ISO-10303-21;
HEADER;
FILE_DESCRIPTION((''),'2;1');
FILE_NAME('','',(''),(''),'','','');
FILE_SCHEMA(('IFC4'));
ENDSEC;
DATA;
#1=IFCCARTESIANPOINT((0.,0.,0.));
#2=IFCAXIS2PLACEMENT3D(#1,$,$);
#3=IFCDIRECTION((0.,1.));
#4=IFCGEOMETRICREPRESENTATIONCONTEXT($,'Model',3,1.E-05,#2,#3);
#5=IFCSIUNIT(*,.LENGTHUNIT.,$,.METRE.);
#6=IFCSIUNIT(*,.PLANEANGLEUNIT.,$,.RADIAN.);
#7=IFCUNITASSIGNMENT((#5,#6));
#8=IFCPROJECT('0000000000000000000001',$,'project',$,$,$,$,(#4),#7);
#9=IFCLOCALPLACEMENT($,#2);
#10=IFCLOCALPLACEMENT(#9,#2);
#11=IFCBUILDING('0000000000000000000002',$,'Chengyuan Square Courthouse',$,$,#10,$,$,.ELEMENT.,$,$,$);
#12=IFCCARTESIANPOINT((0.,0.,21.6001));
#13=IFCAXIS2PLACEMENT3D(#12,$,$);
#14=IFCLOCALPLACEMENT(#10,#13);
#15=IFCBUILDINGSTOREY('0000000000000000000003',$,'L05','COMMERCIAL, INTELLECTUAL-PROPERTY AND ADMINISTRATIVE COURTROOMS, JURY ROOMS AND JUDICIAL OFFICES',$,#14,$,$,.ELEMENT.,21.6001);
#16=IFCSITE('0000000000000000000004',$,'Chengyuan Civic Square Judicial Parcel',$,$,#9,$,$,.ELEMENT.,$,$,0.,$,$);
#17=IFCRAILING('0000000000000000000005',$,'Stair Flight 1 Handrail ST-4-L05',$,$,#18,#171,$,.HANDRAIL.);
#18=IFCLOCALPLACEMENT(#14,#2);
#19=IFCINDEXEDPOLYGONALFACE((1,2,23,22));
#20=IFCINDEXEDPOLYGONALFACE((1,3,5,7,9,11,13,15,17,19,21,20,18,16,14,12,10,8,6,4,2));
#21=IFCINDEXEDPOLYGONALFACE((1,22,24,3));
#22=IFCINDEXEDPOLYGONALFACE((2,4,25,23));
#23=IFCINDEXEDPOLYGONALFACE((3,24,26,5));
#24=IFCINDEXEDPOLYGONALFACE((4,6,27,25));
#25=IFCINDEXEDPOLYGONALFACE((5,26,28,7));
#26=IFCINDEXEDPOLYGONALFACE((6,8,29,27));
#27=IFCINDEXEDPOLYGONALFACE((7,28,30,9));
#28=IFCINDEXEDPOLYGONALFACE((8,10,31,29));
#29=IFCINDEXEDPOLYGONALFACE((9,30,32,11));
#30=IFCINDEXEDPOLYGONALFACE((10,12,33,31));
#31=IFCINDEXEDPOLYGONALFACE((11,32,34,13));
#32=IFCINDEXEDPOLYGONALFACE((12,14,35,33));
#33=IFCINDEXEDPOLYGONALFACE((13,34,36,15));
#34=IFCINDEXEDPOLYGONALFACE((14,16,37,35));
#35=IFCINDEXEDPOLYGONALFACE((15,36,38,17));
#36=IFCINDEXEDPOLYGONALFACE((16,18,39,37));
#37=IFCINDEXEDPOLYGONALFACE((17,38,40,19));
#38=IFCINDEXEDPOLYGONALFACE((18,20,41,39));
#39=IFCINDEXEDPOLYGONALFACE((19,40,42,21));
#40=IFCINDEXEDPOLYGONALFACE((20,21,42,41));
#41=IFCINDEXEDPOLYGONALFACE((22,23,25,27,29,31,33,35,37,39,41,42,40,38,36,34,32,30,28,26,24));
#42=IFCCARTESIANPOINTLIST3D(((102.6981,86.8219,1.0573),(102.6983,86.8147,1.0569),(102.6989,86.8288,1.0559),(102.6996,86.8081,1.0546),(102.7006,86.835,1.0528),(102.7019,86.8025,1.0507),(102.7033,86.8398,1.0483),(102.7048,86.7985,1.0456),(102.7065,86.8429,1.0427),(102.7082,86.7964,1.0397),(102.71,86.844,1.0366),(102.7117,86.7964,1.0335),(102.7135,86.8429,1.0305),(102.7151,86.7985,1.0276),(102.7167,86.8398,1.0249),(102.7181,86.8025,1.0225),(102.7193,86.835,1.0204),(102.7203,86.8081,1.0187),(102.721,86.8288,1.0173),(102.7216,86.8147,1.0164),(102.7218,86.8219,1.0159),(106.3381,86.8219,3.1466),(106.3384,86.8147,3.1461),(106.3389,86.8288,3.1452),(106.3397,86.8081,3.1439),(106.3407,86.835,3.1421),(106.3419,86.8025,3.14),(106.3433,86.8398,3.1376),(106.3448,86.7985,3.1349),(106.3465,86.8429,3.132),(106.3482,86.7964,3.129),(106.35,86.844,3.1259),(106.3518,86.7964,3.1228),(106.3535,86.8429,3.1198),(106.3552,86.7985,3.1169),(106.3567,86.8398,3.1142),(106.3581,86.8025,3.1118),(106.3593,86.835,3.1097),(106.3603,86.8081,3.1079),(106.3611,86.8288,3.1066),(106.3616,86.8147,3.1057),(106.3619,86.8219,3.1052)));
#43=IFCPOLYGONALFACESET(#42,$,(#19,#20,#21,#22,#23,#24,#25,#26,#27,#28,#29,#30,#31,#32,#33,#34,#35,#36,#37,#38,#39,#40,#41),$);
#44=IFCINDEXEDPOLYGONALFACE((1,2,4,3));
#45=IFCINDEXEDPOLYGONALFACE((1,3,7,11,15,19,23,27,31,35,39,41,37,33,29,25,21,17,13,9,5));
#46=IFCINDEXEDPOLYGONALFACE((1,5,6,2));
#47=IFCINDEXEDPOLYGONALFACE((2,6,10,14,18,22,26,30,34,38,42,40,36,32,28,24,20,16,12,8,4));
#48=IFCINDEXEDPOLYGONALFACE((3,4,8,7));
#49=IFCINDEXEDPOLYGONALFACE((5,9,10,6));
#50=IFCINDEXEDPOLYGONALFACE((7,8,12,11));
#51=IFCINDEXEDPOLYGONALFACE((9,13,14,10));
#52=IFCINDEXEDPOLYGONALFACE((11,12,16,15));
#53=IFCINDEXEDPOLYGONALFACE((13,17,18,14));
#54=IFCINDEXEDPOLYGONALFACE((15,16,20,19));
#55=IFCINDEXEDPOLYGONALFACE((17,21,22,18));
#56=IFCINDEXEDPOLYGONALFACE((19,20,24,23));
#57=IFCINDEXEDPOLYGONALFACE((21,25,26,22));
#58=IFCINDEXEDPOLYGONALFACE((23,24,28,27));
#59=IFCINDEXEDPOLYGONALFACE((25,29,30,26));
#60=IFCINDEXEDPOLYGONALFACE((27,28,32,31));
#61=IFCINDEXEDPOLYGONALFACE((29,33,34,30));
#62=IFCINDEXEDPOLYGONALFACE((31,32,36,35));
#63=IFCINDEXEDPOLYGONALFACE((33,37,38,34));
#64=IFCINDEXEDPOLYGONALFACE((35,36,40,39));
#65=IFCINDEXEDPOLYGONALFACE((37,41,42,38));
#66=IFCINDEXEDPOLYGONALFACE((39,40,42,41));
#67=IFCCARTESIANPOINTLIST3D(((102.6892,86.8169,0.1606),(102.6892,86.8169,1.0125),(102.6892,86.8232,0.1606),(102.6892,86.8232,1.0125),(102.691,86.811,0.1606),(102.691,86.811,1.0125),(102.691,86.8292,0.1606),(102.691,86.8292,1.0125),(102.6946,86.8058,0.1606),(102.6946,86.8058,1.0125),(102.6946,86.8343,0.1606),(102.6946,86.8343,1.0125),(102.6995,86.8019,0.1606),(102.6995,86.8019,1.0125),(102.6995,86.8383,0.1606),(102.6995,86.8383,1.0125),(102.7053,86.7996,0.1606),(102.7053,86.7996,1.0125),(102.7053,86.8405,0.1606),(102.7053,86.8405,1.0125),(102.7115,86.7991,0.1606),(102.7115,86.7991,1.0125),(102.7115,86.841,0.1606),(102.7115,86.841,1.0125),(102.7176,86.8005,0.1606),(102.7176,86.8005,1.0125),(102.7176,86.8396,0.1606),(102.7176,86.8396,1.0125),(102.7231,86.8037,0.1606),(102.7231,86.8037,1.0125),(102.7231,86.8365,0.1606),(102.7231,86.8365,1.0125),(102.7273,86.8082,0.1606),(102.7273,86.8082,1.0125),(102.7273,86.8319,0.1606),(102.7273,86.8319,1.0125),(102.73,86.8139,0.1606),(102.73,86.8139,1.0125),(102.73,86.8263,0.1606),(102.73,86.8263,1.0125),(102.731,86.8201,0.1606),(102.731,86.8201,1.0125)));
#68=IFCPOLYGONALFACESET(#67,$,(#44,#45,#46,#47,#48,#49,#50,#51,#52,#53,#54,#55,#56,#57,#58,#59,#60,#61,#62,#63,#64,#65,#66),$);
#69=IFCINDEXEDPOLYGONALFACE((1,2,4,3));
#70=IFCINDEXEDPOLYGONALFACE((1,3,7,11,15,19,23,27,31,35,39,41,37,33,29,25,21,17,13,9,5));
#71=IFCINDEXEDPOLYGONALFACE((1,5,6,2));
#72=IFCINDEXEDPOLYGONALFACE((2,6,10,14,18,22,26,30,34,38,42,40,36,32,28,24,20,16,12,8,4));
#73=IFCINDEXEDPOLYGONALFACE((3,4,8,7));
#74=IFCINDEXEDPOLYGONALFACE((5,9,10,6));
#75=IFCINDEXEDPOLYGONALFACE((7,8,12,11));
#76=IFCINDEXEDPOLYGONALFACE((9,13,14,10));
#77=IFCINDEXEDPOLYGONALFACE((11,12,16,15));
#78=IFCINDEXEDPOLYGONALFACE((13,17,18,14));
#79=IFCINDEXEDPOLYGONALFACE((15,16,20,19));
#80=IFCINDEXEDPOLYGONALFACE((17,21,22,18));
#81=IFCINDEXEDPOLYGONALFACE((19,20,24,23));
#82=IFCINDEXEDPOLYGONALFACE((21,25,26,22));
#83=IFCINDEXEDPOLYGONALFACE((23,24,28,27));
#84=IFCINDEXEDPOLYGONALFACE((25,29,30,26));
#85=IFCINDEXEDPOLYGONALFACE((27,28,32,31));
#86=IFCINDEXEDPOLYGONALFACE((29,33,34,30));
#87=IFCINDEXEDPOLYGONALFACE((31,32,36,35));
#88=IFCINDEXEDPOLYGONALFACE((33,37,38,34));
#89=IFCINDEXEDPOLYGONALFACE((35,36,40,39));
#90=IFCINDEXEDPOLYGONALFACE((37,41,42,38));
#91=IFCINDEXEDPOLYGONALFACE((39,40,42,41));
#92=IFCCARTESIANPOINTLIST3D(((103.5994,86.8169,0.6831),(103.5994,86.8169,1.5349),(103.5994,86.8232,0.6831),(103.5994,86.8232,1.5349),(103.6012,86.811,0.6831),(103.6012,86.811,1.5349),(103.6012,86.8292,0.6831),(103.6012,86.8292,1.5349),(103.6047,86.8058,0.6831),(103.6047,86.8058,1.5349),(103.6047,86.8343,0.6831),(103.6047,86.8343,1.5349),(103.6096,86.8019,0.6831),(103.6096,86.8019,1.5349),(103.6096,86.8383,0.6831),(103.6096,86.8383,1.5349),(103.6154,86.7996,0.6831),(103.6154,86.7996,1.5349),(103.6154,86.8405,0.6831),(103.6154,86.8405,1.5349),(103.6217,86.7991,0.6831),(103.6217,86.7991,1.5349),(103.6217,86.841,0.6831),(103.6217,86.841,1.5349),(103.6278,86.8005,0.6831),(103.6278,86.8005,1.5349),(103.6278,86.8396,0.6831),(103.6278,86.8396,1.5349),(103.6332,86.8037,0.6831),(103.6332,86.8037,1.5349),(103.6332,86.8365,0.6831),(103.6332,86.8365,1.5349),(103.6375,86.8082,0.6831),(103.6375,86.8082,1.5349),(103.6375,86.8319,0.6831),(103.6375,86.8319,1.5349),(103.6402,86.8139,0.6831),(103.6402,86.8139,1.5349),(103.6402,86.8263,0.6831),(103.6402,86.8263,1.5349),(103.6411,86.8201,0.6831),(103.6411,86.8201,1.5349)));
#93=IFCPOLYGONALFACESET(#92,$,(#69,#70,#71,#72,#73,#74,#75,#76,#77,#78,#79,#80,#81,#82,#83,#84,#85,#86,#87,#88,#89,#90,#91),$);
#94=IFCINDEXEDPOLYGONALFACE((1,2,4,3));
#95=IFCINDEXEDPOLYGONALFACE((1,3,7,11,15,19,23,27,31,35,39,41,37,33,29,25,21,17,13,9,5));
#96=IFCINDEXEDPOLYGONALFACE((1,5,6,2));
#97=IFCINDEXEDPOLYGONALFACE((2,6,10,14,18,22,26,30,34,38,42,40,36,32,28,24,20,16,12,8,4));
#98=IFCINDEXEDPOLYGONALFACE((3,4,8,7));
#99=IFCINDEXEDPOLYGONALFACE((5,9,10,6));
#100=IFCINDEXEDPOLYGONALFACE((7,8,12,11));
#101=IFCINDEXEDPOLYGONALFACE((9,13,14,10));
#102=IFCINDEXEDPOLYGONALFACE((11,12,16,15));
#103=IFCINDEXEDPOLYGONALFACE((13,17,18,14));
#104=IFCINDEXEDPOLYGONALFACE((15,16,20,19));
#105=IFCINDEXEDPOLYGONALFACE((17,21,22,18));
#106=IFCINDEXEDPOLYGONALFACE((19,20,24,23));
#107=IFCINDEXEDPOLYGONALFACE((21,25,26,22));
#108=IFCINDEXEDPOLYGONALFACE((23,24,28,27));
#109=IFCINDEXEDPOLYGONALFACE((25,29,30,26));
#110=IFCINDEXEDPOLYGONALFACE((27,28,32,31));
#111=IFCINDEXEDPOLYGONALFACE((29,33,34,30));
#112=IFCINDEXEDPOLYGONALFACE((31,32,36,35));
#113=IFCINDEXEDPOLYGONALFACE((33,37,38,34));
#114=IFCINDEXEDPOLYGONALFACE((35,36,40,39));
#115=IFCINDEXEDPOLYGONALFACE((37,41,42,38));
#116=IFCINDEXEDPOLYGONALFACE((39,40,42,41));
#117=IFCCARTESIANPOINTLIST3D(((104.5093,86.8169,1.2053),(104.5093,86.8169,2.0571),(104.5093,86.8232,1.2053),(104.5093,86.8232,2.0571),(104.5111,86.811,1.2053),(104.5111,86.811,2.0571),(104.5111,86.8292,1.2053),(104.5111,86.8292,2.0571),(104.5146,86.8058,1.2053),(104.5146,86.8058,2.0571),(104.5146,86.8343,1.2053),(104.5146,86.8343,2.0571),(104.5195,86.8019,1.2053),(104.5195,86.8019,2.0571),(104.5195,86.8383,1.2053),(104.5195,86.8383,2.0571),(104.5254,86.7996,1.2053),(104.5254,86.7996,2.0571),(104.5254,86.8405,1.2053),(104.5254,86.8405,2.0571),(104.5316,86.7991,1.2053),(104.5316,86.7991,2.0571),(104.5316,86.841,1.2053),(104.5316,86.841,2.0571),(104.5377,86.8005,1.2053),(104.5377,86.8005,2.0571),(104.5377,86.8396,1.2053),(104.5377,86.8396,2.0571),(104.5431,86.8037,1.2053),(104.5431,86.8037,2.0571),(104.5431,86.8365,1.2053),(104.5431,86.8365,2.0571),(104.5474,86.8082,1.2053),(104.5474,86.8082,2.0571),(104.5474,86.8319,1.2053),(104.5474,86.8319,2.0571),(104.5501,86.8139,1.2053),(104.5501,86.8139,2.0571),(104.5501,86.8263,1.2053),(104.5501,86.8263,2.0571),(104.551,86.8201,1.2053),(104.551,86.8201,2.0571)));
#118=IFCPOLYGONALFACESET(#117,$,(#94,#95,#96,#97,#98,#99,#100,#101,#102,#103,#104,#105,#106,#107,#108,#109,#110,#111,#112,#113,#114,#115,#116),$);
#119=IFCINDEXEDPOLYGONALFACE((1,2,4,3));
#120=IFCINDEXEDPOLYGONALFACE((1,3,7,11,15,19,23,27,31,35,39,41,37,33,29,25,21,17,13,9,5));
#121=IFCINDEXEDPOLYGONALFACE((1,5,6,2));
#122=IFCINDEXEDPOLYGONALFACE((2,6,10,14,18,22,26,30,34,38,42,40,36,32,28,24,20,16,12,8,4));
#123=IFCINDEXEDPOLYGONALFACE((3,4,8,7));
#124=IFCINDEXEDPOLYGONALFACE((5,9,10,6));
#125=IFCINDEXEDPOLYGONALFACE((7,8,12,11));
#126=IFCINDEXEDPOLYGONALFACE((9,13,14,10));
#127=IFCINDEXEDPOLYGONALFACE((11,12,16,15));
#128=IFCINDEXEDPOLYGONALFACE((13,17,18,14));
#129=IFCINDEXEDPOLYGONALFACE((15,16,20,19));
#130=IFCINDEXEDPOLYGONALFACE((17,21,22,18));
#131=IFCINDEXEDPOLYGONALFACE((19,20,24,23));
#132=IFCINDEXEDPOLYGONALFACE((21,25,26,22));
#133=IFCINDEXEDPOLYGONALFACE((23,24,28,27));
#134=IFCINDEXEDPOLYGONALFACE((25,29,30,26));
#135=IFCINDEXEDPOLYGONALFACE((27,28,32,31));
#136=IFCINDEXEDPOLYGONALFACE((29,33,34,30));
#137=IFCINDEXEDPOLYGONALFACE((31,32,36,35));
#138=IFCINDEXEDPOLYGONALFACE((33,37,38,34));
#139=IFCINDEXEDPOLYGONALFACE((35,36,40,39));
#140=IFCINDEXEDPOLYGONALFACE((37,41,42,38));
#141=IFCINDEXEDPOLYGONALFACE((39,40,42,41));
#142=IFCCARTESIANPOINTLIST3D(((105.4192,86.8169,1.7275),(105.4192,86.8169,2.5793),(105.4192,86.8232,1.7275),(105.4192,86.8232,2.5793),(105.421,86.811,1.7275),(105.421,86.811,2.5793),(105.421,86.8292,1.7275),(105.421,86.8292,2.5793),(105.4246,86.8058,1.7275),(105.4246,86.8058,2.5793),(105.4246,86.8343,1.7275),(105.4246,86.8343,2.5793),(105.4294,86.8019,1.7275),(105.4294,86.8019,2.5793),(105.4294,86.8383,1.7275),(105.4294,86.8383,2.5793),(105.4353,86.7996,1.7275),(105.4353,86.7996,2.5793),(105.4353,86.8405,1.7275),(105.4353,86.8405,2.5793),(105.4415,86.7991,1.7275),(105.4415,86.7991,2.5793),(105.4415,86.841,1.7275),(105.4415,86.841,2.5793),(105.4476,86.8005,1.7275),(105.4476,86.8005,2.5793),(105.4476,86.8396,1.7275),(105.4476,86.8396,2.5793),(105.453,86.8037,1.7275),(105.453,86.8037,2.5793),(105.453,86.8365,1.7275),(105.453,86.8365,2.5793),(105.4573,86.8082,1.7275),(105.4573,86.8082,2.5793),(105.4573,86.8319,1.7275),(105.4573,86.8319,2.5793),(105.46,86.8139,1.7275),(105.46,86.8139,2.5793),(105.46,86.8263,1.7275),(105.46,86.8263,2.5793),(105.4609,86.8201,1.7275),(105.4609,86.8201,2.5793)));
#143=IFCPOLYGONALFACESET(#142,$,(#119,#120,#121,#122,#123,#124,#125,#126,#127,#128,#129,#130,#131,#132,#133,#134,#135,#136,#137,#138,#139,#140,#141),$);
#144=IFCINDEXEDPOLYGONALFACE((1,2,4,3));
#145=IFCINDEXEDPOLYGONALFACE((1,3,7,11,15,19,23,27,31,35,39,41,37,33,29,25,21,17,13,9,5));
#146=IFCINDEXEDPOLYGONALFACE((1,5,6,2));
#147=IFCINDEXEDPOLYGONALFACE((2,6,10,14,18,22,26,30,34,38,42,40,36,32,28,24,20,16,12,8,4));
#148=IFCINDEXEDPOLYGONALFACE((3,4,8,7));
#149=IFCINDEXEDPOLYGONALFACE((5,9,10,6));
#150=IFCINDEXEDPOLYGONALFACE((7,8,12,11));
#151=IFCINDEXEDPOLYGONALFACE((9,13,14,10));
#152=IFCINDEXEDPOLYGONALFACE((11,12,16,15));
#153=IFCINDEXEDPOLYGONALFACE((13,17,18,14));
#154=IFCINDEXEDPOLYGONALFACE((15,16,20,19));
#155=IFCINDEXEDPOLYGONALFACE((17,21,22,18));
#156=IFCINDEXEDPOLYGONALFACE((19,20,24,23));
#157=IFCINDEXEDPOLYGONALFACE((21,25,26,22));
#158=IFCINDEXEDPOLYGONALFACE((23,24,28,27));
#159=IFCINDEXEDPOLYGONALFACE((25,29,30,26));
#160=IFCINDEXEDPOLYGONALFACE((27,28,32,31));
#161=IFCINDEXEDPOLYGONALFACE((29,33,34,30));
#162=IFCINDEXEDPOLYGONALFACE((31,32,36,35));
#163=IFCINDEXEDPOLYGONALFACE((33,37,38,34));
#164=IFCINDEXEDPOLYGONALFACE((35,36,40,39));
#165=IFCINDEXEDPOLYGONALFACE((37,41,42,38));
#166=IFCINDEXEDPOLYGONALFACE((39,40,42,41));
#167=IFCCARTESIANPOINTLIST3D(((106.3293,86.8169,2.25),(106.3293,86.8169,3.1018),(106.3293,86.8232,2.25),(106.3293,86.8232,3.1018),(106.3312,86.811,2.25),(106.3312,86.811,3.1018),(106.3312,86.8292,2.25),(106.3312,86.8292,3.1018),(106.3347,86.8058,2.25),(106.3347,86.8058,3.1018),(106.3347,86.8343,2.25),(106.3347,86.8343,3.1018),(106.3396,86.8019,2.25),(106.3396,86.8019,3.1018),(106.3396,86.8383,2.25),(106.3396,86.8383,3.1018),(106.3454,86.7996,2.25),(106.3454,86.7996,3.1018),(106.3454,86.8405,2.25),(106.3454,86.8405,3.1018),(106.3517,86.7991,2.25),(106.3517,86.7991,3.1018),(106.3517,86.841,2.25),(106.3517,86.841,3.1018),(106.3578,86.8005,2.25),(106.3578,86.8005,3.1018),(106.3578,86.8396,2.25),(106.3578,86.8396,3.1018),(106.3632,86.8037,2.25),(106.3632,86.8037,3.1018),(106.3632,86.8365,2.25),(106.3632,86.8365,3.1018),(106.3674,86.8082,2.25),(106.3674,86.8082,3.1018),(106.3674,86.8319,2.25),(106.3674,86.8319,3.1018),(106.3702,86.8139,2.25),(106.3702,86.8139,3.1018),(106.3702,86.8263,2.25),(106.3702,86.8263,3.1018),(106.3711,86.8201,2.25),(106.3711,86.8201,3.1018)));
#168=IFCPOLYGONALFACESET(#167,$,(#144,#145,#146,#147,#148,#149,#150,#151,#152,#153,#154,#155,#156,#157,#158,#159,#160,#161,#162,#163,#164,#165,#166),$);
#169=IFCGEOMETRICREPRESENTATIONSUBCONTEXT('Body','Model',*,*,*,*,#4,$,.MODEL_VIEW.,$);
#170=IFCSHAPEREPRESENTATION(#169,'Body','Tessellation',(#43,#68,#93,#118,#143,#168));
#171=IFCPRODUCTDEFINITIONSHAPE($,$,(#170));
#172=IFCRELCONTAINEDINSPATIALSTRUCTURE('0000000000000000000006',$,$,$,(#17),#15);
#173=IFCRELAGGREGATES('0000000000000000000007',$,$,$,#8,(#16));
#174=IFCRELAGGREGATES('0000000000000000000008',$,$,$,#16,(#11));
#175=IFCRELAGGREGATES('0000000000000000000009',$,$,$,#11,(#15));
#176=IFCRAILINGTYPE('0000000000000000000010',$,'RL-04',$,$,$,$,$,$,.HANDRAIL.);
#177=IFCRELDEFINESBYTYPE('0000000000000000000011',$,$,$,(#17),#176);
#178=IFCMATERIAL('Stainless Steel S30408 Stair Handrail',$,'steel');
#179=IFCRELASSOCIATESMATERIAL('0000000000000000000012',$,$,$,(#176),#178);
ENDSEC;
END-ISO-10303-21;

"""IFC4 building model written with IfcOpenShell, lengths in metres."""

from ifc_helpers import new_model, si_unit, direction, frame, origin, origin_2d, place, context, subcontext, project, spatial, circle, extrude, material, type_object, element, save


model = new_model("IFC4")

# Units and contexts
model_context = context("Model", 3, precision=1e-05, world=origin(), true_north=direction((0.0, 1.0)))
body_context = subcontext(model_context, "Body", "Model", "MODEL_VIEW")
ifc_project = project(units=[si_unit("LENGTHUNIT", "METRE"), si_unit("PLANEANGLEUNIT", "RADIAN")], contexts=[model_context])

# Site, building, storey
site_placement = place(None, origin())
site = spatial("IfcSite", under=ifc_project, at=site_placement, Name="Chengyuan Civic Square Judicial Parcel", CompositionType="ELEMENT", RefElevation=0.0)
building_placement = place(site_placement, origin())
building = spatial("IfcBuilding", under=site, at=building_placement, Name="Chengyuan Square Courthouse", CompositionType="ELEMENT")
storey_placement = place(building_placement, frame((0.0, 0.0, 21.6001)))
storey = spatial("IfcBuildingStorey", under=building, at=storey_placement, Name="L05", Description="COMMERCIAL, INTELLECTUAL-PROPERTY AND ADMINISTRATIVE COURTROOMS, JURY ROOMS AND JUDICIAL OFFICES", CompositionType="ELEMENT", Elevation=21.6001)

# Railing
ifc_material_1 = material(Name="Stainless Steel S30408 Stair Handrail", Category="steel")
railing_type_1 = type_object("IfcRailingType", Name="RL-04", PredefinedType="HANDRAIL", material=ifc_material_1)
railing_1_placement = place(storey_placement, frame((102.71, 86.8201, 0.1606)))
element("IfcRailing", 1, at=railing_1_placement, inside=storey, type_object=railing_type_1, Name="Stair Flight 1 Handrail ST-4-L05", PredefinedType="HANDRAIL", context=body_context, shape_type="SweptSolid", body=[
    extrude(circle(Radius=0.0239, at=origin_2d()), frame((0.0, 0.0, 0.876), z_axis=(0.867289, 0.0, 0.497804), x_axis=(0.0, 1.0, 0.0)), (0.0, 0.0, 1.0), 4.197),
    extrude(circle(Radius=0.021, at=origin_2d()), origin(), (0.0, 0.0, 1.0), 0.8518),
    extrude(circle(Radius=0.021, at=origin_2d()), frame((0.9102, 0.0, 0.5225)), (0.0, 0.0, 1.0), 0.8518),
    extrude(circle(Radius=0.021, at=origin_2d()), frame((1.8201, 0.0, 1.0447)), (0.0, 0.0, 1.0), 0.8518),
    extrude(circle(Radius=0.021, at=origin_2d()), frame((2.73, 0.0, 1.5669)), (0.0, 0.0, 1.0), 0.8518),
    extrude(circle(Radius=0.021, at=origin_2d()), frame((3.6401, 0.0, 2.0894)), (0.0, 0.0, 1.0), 0.8518),
])

save(model, "model.ifc")
